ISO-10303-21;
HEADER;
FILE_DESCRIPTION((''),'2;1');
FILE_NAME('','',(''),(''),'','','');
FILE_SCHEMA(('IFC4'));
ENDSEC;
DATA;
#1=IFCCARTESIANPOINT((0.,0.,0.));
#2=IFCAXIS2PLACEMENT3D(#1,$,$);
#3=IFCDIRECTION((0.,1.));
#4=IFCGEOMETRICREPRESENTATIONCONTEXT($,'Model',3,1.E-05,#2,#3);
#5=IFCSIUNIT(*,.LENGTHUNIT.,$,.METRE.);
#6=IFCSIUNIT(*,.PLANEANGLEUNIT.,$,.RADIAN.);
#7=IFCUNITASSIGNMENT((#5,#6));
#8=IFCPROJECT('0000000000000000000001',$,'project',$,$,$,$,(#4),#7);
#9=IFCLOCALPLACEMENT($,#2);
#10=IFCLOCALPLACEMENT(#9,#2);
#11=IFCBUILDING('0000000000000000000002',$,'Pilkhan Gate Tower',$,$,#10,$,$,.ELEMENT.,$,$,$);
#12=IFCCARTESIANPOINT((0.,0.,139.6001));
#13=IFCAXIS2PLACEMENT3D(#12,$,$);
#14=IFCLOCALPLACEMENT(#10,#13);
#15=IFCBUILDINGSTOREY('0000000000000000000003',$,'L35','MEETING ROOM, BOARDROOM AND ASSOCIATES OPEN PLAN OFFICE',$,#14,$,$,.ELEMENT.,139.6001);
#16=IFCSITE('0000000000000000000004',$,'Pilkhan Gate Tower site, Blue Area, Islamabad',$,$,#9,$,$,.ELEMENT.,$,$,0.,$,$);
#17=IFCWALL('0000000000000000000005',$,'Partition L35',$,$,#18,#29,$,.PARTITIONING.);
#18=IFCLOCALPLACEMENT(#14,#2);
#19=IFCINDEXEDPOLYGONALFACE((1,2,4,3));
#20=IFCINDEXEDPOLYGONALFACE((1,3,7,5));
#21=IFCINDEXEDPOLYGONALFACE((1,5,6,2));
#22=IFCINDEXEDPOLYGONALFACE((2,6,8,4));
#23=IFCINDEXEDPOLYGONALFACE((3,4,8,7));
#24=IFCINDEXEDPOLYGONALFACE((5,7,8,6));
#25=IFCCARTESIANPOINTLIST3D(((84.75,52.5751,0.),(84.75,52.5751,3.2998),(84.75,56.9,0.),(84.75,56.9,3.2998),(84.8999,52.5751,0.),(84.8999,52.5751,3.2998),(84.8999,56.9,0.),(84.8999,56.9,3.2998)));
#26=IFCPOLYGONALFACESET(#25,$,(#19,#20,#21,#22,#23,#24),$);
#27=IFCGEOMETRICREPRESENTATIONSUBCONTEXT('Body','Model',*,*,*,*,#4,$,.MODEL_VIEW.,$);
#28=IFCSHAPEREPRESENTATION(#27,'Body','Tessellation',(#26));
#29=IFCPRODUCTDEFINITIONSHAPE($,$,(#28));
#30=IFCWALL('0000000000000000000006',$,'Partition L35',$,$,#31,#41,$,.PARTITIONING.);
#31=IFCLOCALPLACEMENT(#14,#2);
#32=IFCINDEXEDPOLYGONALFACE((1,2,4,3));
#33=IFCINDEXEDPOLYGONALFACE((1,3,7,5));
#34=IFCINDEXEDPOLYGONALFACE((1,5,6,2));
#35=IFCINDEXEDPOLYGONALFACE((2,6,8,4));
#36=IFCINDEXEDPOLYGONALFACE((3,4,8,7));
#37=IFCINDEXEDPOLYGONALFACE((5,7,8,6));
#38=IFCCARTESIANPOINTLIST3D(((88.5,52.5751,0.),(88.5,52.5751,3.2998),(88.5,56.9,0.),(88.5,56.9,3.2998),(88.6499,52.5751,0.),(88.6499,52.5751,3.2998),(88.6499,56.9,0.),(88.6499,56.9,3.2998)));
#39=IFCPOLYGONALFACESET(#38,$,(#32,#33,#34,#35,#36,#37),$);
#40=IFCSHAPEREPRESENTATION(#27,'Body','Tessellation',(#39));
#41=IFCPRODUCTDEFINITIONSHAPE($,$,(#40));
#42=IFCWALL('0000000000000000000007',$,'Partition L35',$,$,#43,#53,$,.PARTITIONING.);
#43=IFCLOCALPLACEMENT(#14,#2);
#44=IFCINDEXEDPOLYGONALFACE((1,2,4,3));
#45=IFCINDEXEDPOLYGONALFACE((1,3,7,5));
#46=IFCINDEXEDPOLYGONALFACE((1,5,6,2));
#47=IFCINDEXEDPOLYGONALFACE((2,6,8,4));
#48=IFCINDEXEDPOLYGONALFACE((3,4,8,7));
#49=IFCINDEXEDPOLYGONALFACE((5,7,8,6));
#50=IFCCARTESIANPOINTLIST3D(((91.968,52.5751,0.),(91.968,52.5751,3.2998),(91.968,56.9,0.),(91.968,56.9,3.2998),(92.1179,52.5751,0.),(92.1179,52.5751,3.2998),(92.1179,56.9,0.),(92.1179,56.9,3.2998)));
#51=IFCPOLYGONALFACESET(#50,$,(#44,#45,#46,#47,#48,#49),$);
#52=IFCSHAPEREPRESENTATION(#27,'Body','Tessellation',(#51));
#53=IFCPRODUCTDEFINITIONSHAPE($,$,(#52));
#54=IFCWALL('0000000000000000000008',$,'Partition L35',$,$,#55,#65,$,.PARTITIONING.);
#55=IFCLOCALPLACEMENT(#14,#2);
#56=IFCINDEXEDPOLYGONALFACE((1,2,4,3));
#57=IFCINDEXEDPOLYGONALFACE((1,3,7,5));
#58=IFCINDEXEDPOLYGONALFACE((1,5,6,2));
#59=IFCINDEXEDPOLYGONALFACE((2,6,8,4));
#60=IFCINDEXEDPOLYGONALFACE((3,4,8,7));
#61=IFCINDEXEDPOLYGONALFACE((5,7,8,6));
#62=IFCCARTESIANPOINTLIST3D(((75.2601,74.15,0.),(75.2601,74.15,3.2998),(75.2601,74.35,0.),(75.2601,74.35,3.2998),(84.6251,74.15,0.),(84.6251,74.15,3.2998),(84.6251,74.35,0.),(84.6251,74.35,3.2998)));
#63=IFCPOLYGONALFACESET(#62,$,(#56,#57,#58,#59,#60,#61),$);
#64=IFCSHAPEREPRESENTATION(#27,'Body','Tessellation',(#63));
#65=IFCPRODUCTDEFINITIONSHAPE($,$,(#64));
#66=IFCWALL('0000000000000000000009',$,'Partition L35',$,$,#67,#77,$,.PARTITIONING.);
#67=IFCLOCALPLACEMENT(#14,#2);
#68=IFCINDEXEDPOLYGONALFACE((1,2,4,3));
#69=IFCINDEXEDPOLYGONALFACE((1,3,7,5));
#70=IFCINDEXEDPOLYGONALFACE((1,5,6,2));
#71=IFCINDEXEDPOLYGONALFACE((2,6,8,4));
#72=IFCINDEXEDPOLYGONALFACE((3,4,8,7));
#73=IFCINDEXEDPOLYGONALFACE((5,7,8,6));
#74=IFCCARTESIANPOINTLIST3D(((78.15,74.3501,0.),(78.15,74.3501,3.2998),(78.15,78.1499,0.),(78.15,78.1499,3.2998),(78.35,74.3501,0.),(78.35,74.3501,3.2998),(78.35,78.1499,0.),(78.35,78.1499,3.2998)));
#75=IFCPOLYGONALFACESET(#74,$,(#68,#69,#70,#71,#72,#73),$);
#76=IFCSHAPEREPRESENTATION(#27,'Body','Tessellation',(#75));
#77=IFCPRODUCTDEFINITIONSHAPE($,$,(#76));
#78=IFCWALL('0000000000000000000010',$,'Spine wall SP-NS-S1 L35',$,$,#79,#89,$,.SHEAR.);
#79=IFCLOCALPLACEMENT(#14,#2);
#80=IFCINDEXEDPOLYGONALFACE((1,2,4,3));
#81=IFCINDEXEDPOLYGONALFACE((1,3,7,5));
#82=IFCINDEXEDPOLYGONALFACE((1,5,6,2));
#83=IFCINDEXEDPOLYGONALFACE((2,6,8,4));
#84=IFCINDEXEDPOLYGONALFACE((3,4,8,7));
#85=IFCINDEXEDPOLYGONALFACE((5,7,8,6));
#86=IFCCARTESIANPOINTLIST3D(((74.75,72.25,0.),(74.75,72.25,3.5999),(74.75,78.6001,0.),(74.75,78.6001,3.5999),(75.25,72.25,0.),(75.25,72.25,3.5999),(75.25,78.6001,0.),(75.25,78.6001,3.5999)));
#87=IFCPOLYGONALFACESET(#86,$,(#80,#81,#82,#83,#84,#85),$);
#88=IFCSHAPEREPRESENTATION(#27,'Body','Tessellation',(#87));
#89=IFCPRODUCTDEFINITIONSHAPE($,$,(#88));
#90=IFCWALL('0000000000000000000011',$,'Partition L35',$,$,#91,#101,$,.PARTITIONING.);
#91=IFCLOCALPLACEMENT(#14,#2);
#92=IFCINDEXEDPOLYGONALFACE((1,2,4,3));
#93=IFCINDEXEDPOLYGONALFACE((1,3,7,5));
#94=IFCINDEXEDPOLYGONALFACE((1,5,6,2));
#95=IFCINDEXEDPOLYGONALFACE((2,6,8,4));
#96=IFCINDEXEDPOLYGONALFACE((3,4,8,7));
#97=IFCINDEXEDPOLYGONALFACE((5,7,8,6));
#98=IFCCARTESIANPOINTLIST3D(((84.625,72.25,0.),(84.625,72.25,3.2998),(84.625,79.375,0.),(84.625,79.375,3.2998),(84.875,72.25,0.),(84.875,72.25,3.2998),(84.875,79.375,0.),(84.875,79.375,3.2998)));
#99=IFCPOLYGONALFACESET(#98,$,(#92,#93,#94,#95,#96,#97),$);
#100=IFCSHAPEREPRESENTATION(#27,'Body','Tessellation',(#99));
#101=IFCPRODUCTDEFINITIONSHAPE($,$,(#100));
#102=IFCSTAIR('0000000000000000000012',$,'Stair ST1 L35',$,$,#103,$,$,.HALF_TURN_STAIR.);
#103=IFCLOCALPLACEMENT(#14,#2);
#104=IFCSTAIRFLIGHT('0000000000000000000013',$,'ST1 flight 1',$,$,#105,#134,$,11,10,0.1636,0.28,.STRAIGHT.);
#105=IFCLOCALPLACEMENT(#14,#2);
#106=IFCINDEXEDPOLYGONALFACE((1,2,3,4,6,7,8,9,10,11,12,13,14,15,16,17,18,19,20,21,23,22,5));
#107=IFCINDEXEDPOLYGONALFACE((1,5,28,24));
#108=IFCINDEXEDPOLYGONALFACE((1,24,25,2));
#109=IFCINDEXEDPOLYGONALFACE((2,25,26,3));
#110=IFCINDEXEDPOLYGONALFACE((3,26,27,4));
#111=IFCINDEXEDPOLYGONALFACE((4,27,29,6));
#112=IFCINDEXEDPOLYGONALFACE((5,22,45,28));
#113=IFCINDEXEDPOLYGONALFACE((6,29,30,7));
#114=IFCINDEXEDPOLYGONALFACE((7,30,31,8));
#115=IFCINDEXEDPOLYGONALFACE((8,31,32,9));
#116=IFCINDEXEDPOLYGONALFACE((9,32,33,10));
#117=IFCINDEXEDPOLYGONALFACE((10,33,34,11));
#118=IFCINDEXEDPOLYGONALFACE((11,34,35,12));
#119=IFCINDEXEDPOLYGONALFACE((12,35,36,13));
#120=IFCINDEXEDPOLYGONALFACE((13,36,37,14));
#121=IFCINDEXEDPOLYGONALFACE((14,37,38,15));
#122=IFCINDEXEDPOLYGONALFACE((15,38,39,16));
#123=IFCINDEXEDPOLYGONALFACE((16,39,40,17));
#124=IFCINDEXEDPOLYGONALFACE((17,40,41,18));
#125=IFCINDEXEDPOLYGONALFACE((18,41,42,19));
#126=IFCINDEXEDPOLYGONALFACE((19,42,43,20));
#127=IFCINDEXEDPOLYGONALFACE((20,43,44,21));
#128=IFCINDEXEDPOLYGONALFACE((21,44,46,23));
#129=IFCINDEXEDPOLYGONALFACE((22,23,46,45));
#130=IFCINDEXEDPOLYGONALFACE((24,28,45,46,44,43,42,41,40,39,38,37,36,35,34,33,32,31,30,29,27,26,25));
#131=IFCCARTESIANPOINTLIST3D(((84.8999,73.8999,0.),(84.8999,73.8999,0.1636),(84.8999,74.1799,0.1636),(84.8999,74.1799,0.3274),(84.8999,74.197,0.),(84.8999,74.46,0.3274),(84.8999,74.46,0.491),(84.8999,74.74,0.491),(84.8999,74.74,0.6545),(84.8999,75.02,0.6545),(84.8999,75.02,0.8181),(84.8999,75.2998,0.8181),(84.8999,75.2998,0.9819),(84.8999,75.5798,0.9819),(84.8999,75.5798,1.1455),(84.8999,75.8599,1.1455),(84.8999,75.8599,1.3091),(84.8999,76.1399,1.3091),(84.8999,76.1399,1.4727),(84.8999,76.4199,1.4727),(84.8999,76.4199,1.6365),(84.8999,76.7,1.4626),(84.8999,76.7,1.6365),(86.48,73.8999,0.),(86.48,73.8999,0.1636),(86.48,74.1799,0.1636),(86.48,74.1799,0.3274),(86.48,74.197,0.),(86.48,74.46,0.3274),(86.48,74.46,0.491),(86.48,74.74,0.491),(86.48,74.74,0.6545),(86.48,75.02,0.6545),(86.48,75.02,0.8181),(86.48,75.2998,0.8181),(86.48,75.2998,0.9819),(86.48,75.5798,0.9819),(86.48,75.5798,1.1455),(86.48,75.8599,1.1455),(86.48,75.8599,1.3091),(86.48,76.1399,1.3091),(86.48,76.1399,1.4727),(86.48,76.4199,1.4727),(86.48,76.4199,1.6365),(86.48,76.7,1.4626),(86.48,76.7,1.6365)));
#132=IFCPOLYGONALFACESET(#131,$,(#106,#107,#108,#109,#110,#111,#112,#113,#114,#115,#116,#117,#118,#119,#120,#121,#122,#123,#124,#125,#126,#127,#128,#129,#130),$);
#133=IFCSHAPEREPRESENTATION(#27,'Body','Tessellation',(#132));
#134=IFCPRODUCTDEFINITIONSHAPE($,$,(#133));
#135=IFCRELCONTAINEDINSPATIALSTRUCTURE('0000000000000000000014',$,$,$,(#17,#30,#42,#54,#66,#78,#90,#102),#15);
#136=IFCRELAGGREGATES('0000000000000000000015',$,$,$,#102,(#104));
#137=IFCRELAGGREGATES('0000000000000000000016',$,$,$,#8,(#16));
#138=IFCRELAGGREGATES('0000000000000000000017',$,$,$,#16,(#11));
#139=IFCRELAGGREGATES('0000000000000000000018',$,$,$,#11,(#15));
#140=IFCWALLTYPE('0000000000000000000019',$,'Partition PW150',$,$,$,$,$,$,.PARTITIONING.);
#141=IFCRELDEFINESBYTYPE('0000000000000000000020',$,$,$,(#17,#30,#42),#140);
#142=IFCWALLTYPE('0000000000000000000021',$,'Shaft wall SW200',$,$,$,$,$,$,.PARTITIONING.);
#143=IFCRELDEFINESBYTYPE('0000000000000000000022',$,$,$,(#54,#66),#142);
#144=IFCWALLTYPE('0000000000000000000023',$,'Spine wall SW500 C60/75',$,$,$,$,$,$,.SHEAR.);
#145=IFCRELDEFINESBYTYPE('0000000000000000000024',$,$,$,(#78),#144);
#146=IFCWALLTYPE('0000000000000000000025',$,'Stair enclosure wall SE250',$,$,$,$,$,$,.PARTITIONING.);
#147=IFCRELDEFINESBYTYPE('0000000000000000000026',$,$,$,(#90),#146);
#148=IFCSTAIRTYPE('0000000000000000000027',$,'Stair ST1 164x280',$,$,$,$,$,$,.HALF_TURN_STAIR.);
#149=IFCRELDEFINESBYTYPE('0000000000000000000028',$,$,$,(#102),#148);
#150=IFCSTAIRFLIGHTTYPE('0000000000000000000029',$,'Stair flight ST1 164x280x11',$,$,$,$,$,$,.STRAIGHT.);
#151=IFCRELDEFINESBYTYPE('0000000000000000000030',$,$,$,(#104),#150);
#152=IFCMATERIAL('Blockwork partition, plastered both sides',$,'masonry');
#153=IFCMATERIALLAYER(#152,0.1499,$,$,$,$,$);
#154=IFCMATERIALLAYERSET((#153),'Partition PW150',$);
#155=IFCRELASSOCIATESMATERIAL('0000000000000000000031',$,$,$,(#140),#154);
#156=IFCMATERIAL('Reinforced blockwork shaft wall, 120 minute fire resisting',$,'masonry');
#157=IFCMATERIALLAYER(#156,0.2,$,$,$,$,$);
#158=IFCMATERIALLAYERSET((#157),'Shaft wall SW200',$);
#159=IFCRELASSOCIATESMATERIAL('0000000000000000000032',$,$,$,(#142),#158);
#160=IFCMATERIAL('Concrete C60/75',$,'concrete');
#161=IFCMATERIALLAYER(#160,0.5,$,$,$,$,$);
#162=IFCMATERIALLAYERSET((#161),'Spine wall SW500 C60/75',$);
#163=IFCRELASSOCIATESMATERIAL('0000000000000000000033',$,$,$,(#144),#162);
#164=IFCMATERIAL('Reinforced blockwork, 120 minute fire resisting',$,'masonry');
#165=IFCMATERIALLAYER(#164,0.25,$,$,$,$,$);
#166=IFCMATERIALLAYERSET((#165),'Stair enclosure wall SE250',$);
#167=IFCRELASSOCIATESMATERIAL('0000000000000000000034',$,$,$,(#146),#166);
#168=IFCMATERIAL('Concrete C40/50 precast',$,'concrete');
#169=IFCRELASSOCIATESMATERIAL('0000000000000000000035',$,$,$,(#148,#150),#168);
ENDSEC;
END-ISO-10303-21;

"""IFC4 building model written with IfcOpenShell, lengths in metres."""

from ifc_helpers import new_model, si_unit, direction, frame, frame_2d, origin, place, context, subcontext, project, spatial, polyline, rectangle, outline, extrude, material, layer, layer_set, type_object, element, aggregate, save


model = new_model("IFC4")

# Units and contexts
model_context = context("Model", 3, precision=1e-05, world=origin(), true_north=direction((0.0, 1.0)))
body_context = subcontext(model_context, "Body", "Model", "MODEL_VIEW")
ifc_project = project(units=[si_unit("LENGTHUNIT", "METRE"), si_unit("PLANEANGLEUNIT", "RADIAN")], contexts=[model_context])

# Site, building, storey
site_placement = place(None, origin())
site = spatial("IfcSite", under=ifc_project, at=site_placement, Name="Pilkhan Gate Tower site, Blue Area, Islamabad", CompositionType="ELEMENT", RefElevation=0.0)
building_placement = place(site_placement, origin())
building = spatial("IfcBuilding", under=site, at=building_placement, Name="Pilkhan Gate Tower", CompositionType="ELEMENT")
storey_placement = place(building_placement, frame((0.0, 0.0, 139.6001)))
storey = spatial("IfcBuildingStorey", under=building, at=storey_placement, Name="L35", Description="MEETING ROOM, BOARDROOM AND ASSOCIATES OPEN PLAN OFFICE", CompositionType="ELEMENT", Elevation=139.6001)

# Shared definitions
ifc_material_1 = material(Name="Concrete C60/75", Category="concrete")

# Walls
ifc_material_2 = material(Name="Blockwork partition, plastered both sides", Category="masonry")
ifc_layer_1 = layer(ifc_material_2, 0.1499)
ifc_layer_set_1 = layer_set([ifc_layer_1], Name="Partition PW150")
wall_type_1 = type_object("IfcWallType", Name="Partition PW150", PredefinedType="PARTITIONING", material=ifc_layer_set_1)
for number, where, z_axis, x_axis, name in (
    (1, (84.825, 52.575, 0.0), (0.0, 0.0, 1.0), (0.0, 1.0, 0.0), "Partition L35"),
    (2, (88.575, 52.575, 0.0), (0.0, 0.0, 1.0), (0.0, 1.0, 0.0), "Partition L35"),
    (3, (92.043, 52.575, 0.0), (0.0, 0.0, 1.0), (0.0, 1.0, 0.0), "Partition L35"),
):
    element("IfcWall", number, at=place(storey_placement, frame(where, z_axis=z_axis, x_axis=x_axis)), inside=storey, type_object=wall_type_1, Name=name, PredefinedType="PARTITIONING", context=body_context, shape_type="SweptSolid", body=[
        extrude(rectangle(XDim=4.325, YDim=0.1499, at=frame_2d((2.1626, 0.0))), origin(), (0.0, 0.0, 1.0), 3.2998),
    ])
ifc_material_3 = material(Name="Reinforced blockwork shaft wall, 120 minute fire resisting", Category="masonry")
ifc_layer_2 = layer(ifc_material_3, 0.2)
ifc_layer_set_2 = layer_set([ifc_layer_2], Name="Shaft wall SW200")
wall_type_2 = type_object("IfcWallType", Name="Shaft wall SW200", PredefinedType="PARTITIONING", material=ifc_layer_set_2)
wall_1_placement = place(storey_placement, frame((75.26, 74.25, 0.0), z_axis=(0.0, 0.0, 1.0), x_axis=(1.0, 0.0, 0.0)))
element("IfcWall", 4, at=wall_1_placement, inside=storey, type_object=wall_type_2, Name="Partition L35", PredefinedType="PARTITIONING", context=body_context, shape_type="SweptSolid", body=[
    extrude(rectangle(XDim=9.365, YDim=0.2, at=frame_2d((4.6826, 0.0))), origin(), (0.0, 0.0, 1.0), 3.2998),
])
wall_2_placement = place(storey_placement, frame((78.25, 74.3501, 0.0), z_axis=(0.0, 0.0, 1.0), x_axis=(0.0, 1.0, 0.0)))
element("IfcWall", 5, at=wall_2_placement, inside=storey, type_object=wall_type_2, Name="Partition L35", PredefinedType="PARTITIONING", context=body_context, shape_type="SweptSolid", body=[
    extrude(rectangle(XDim=3.7998, YDim=0.2, at=frame_2d((1.8999, 0.0))), origin(), (0.0, 0.0, 1.0), 3.2998),
])
ifc_layer_3 = layer(ifc_material_1, 0.5)
ifc_layer_set_3 = layer_set([ifc_layer_3], Name="Spine wall SW500 C60/75")
wall_type_3 = type_object("IfcWallType", Name="Spine wall SW500 C60/75", PredefinedType="SHEAR", material=ifc_layer_set_3)
wall_3_placement = place(storey_placement, frame((75.0, 72.25, 0.0), z_axis=(0.0, 0.0, 1.0), x_axis=(0.0, 1.0, 0.0)))
element("IfcWall", 6, at=wall_3_placement, inside=storey, type_object=wall_type_3, Name="Spine wall SP-NS-S1 L35", PredefinedType="SHEAR", context=body_context, shape_type="SweptSolid", body=[
    extrude(rectangle(XDim=6.3501, YDim=0.5, at=frame_2d((3.175, 0.0))), origin(), (0.0, 0.0, 1.0), 3.5999),
])
ifc_material_4 = material(Name="Reinforced blockwork, 120 minute fire resisting", Category="masonry")
ifc_layer_4 = layer(ifc_material_4, 0.25)
ifc_layer_set_4 = layer_set([ifc_layer_4], Name="Stair enclosure wall SE250")
wall_type_4 = type_object("IfcWallType", Name="Stair enclosure wall SE250", PredefinedType="PARTITIONING", material=ifc_layer_set_4)
wall_4_placement = place(storey_placement, frame((84.75, 72.25, 0.0), z_axis=(0.0, 0.0, 1.0), x_axis=(0.0, 1.0, 0.0)))
element("IfcWall", 7, at=wall_4_placement, inside=storey, type_object=wall_type_4, Name="Partition L35", PredefinedType="PARTITIONING", context=body_context, shape_type="SweptSolid", body=[
    extrude(rectangle(XDim=7.125, YDim=0.25, at=frame_2d((3.5625, 0.0))), origin(), (0.0, 0.0, 1.0), 3.2998),
])

# Stair, stair flight
ifc_material_5 = material(Name="Concrete C40/50 precast", Category="concrete")
stair_type = type_object("IfcStairType", Name="Stair ST1 164x280", PredefinedType="HALF_TURN_STAIR", material=ifc_material_5)
stair_placement = place(storey_placement, origin())
stair = element("IfcStair", 8, at=stair_placement, inside=storey, type_object=stair_type, Name="Stair ST1 L35", PredefinedType="HALF_TURN_STAIR")
stair_flight_type = type_object("IfcStairFlightType", Name="Stair flight ST1 164x280x11", PredefinedType="STRAIGHT", material=ifc_material_5)
stair_flight_placement = place(storey_placement, frame((85.6899, 73.8999, 0.0), z_axis=(0.0, 0.0, 1.0), x_axis=(0.0, 1.0, 0.0)))
stair_flight = element("IfcStairFlight", 9, at=stair_flight_placement, type_object=stair_flight_type, Name="ST1 flight 1", NumberOfRisers=11, NumberOfTreads=10, PredefinedType="STRAIGHT", RiserHeight=0.1636, TreadLength=0.28, context=body_context, shape_type="SweptSolid", body=[
    extrude(outline(polyline([(0.0, 0.0), (0.0, 0.1636), (0.28, 0.1636), (0.28, 0.3274), (0.5601, 0.3274), (0.5601, 0.491), (0.8401, 0.491), (0.8401, 0.6545), (1.1201, 0.6545), (1.1201, 0.8181), (1.3999, 0.8181), (1.3999, 0.9819), (1.6799, 0.9819), (1.6799, 1.1455), (1.96, 1.1455), (1.96, 1.3091), (2.24, 1.3091), (2.24, 1.4727), (2.52, 1.4727), (2.52, 1.6365), (2.8, 1.6365), (2.8, 1.8), (2.8, 1.4626), (0.2971, 0.0), (0.0, 0.0)])), frame((0.0, 0.79, 0.0), z_axis=(0.0, -1.0, 0.0), x_axis=(1.0, 0.0, 0.0)), (0.0, 0.0, 1.0), 1.5801),
])
aggregate(stair, [stair_flight])

save(model, "model.ifc")
